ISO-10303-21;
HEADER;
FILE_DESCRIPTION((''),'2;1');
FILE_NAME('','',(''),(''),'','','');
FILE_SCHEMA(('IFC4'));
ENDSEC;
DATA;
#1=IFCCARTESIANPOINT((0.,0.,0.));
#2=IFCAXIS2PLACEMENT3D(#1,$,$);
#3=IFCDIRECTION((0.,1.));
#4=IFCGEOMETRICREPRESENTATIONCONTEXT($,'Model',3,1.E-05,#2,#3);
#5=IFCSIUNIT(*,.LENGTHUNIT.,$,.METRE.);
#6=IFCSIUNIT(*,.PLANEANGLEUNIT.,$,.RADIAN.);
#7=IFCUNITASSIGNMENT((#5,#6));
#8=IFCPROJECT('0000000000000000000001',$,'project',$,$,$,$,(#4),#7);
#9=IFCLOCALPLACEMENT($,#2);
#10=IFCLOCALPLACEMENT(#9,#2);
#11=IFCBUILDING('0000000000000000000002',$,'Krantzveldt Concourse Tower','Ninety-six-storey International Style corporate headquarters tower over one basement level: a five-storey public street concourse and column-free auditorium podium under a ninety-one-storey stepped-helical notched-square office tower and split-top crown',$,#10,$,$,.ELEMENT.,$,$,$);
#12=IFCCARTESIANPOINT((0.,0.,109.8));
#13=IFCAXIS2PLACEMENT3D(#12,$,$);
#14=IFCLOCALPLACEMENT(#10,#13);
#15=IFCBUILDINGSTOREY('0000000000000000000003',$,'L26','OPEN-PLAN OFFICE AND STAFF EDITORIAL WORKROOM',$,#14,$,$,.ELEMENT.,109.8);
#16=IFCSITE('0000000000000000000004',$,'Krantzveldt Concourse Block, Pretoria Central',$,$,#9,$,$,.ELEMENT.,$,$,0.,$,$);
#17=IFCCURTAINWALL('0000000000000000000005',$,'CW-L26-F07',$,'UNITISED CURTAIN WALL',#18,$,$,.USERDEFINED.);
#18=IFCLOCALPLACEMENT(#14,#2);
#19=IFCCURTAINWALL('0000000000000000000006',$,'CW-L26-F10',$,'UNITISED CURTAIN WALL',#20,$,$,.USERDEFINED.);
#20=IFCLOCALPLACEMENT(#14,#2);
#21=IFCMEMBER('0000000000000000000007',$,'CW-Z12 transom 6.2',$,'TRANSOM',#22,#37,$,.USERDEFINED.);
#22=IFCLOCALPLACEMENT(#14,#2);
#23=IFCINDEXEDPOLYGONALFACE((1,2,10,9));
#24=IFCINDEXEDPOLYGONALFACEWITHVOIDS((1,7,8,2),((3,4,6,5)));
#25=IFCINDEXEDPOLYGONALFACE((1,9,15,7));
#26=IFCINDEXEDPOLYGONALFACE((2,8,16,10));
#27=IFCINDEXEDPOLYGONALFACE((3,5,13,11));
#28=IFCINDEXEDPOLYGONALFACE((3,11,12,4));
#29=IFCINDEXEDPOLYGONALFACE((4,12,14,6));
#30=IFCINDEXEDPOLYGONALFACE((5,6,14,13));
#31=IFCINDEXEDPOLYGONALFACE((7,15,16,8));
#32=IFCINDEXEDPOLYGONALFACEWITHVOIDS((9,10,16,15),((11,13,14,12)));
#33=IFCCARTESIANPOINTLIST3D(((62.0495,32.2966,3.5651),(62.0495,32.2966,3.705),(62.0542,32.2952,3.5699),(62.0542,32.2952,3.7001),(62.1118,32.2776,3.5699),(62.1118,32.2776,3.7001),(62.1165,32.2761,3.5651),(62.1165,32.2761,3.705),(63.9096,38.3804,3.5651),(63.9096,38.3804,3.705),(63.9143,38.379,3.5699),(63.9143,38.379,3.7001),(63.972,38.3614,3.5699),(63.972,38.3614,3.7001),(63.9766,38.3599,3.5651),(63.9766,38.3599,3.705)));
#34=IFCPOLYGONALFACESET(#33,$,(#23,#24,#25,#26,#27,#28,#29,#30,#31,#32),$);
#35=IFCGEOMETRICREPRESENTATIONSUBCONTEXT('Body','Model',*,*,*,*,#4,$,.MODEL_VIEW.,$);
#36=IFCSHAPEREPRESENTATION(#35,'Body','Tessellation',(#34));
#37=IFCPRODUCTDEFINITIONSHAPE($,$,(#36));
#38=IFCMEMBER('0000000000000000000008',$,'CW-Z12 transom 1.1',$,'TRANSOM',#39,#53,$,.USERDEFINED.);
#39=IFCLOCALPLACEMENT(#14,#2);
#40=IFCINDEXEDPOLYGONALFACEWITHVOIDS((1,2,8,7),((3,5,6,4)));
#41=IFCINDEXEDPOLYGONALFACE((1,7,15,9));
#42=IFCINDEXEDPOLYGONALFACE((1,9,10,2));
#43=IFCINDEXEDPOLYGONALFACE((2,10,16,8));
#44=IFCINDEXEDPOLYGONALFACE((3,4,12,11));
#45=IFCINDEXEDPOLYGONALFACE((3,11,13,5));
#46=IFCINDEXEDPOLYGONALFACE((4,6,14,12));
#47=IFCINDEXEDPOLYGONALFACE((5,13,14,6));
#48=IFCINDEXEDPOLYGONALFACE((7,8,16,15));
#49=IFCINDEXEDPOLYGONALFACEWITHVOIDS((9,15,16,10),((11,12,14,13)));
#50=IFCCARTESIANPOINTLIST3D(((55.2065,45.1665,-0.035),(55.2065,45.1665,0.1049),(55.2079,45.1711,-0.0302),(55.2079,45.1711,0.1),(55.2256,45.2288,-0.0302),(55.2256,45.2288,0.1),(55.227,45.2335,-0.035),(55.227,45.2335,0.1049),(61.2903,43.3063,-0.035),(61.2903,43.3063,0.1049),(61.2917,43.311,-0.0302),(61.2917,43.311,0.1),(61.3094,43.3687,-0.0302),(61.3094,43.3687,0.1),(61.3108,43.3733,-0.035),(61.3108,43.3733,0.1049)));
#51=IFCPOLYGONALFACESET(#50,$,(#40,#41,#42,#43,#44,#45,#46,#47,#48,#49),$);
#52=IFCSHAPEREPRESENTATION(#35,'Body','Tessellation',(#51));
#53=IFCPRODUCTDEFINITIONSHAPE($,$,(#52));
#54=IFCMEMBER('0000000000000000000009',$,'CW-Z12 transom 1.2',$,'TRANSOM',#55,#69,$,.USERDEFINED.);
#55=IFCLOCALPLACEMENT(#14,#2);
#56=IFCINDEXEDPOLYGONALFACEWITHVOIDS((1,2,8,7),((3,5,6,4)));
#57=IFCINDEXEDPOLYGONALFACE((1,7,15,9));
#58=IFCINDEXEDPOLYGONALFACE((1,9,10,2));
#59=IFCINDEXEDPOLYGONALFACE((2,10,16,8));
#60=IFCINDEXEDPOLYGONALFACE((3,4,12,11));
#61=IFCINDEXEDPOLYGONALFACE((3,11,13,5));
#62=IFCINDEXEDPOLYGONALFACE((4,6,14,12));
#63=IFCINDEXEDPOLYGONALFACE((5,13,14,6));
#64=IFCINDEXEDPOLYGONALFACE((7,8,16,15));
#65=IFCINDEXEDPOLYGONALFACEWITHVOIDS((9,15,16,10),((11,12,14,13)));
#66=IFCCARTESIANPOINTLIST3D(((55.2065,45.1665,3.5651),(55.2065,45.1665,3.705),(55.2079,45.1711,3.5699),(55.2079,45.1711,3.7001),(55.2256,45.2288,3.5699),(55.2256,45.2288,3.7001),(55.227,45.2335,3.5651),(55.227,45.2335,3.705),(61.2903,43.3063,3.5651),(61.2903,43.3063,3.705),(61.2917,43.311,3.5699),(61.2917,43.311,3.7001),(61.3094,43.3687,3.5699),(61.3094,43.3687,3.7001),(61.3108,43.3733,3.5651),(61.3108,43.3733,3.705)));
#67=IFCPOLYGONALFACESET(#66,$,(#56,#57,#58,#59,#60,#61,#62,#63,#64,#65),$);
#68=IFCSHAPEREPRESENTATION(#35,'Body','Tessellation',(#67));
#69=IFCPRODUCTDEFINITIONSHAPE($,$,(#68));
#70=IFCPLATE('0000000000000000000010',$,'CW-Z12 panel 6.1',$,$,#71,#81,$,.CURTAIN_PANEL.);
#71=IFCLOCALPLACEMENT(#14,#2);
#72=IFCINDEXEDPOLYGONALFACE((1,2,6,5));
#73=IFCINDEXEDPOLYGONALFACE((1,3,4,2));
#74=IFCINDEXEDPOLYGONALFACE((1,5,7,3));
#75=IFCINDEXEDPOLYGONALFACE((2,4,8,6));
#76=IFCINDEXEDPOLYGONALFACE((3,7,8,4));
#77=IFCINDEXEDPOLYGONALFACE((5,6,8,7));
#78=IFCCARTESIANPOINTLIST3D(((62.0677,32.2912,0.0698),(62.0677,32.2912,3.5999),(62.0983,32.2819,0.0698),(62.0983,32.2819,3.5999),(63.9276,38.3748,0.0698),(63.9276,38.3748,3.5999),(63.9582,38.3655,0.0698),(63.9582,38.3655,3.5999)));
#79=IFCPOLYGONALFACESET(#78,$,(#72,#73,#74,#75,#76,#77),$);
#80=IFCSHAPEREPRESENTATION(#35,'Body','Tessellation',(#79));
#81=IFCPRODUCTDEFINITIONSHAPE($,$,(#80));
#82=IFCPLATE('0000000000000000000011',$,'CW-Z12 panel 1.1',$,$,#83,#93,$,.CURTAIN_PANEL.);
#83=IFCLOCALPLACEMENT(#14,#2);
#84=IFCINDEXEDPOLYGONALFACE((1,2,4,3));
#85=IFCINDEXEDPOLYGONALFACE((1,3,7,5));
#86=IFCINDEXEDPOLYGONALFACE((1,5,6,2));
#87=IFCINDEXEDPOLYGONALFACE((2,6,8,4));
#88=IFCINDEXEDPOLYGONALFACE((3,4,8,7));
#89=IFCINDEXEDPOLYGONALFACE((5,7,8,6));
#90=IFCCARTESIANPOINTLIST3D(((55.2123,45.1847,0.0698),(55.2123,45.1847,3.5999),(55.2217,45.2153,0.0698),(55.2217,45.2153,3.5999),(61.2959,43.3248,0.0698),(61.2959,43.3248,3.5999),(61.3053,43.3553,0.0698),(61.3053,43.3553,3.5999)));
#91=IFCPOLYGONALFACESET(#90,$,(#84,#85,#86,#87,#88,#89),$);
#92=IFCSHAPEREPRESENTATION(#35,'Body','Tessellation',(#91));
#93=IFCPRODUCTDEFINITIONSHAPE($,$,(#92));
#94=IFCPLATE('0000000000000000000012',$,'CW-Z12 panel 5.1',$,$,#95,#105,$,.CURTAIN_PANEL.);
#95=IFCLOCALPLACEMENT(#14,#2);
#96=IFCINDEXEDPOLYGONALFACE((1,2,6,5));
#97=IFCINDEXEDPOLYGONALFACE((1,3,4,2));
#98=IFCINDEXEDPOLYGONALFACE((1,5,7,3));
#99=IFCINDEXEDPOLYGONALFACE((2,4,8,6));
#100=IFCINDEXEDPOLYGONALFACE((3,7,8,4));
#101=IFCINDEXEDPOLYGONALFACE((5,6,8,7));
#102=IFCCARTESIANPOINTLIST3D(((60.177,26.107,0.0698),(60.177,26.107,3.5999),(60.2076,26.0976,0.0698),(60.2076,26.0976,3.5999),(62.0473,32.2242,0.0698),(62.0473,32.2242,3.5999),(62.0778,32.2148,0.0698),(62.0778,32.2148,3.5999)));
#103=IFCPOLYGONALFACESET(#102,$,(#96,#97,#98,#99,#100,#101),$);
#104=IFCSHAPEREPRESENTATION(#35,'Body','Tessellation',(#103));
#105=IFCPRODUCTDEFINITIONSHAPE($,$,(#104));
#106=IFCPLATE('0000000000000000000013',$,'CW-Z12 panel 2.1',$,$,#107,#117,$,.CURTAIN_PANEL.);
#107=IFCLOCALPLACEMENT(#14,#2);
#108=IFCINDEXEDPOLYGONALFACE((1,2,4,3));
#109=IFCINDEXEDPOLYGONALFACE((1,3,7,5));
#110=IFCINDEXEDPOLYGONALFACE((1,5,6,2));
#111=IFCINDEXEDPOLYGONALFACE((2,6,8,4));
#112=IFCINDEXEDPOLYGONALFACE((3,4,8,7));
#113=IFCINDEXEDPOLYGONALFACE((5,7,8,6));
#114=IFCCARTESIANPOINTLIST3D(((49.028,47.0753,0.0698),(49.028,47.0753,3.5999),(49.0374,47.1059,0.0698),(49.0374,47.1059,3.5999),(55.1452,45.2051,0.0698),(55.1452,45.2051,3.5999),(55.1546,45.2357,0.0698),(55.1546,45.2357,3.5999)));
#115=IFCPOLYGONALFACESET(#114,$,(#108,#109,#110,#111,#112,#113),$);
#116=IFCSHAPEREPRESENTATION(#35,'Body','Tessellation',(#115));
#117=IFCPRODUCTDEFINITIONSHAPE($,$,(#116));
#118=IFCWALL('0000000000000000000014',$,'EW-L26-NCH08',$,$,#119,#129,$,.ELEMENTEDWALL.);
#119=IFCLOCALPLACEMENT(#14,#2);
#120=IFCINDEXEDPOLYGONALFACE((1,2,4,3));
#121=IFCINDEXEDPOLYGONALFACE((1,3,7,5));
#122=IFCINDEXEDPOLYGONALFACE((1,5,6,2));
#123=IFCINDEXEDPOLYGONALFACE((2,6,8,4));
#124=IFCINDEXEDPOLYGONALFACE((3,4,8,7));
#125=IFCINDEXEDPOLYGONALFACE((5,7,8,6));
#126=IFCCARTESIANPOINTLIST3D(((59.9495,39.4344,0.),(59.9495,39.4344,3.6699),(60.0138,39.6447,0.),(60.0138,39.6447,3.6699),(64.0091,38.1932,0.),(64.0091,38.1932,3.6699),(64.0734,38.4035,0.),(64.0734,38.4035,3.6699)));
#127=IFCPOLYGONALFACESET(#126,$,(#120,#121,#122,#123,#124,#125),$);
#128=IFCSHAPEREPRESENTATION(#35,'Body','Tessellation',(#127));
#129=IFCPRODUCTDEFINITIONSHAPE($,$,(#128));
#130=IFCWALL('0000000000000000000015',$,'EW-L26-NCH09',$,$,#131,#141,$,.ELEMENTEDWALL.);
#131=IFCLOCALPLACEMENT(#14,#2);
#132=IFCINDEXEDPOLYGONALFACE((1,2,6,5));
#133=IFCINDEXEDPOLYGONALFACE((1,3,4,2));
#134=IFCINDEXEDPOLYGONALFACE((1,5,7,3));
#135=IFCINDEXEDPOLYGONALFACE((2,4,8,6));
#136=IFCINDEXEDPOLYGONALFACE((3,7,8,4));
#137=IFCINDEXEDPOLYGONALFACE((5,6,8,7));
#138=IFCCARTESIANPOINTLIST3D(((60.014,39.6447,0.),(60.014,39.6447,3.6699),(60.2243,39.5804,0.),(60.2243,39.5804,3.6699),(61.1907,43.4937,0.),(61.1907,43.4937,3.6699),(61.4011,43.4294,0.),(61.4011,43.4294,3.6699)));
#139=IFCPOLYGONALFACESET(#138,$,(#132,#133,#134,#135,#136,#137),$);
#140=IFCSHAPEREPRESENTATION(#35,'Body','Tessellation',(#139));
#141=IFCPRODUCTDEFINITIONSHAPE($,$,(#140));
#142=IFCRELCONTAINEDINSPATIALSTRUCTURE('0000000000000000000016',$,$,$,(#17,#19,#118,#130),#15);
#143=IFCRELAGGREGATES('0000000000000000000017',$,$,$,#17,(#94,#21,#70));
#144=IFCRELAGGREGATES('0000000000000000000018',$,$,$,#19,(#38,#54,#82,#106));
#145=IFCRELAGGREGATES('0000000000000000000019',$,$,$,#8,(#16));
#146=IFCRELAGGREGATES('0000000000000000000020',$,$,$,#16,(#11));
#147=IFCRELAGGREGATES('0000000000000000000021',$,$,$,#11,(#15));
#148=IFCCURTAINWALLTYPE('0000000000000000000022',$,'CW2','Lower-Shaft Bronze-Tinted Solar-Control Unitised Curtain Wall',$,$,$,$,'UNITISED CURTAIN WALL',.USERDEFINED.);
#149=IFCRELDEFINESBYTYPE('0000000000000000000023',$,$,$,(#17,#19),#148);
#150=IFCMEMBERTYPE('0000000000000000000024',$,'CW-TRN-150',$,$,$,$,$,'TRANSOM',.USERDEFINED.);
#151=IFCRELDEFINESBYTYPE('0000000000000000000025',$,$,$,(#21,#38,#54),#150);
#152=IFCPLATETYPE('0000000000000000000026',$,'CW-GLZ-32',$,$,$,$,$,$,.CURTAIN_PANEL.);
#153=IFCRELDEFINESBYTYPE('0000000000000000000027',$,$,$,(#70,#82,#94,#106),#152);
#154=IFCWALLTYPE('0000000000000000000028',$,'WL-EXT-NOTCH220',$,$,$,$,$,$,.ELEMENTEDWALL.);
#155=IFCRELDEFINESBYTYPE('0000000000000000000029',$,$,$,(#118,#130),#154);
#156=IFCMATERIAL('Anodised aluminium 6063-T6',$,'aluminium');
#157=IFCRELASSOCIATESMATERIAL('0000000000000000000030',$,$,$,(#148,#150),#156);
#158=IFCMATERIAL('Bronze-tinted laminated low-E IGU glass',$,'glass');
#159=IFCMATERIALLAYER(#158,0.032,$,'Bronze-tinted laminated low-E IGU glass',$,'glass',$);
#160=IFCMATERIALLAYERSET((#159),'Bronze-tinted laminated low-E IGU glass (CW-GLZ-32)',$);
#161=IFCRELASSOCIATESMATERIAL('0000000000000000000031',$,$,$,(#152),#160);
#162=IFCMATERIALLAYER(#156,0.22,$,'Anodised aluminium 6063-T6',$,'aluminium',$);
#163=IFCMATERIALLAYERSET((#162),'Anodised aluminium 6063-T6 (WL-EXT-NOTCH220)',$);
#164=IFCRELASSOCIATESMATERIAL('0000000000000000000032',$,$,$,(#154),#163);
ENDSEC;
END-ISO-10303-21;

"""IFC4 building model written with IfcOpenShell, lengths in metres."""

from ifc_helpers import new_model, si_unit, direction, frame, frame_2d, origin, origin_2d, place, context, subcontext, project, spatial, rectangle, hollow_rectangle, extrude, source, transform, mapped, material, layer, layer_set, material_profile, profile_set, type_object, type_shapes, element, aggregate, save


model = new_model("IFC4")

# Units and contexts
model_context = context("Model", 3, precision=1e-05, world=origin(), true_north=direction((0.0, 1.0)))
body_context = subcontext(model_context, "Body", "Model", "MODEL_VIEW")
ifc_project = project(units=[si_unit("LENGTHUNIT", "METRE"), si_unit("PLANEANGLEUNIT", "RADIAN")], contexts=[model_context])

# Site, building, storey
site_placement = place(None, origin())
site = spatial("IfcSite", under=ifc_project, at=site_placement, Name="Krantzveldt Concourse Block, Pretoria Central", CompositionType="ELEMENT", RefElevation=0.0)
building_placement = place(site_placement, origin())
building = spatial("IfcBuilding", under=site, at=building_placement, Name="Krantzveldt Concourse Tower", Description="Ninety-six-storey International Style corporate headquarters tower over one basement level: a five-storey public street concourse and column-free auditorium podium under a ninety-one-storey stepped-helical notched-square office tower and split-top crown", CompositionType="ELEMENT")
storey_placement = place(building_placement, frame((0.0, 0.0, 109.8)))
storey = spatial("IfcBuildingStorey", under=building, at=storey_placement, Name="L26", Description="OPEN-PLAN OFFICE AND STAFF EDITORIAL WORKROOM", CompositionType="ELEMENT", Elevation=109.8)

# Curtain walls
ifc_material_1 = material(Name="Anodised aluminium 6063-T6", Category="aluminium")
curtain_wall_type = type_object("IfcCurtainWallType", Name="CW2", Description="Lower-Shaft Bronze-Tinted Solar-Control Unitised Curtain Wall", ElementType="UNITISED CURTAIN WALL", PredefinedType="USERDEFINED", material=ifc_material_1)
curtain_wall_1_placement = place(storey_placement, origin())
curtain_wall_1 = element("IfcCurtainWall", 1, at=curtain_wall_1_placement, inside=storey, type_object=curtain_wall_type, Name="CW-L26-F07", ObjectType="UNITISED CURTAIN WALL", PredefinedType="USERDEFINED")
curtain_wall_2_placement = place(storey_placement, origin())
curtain_wall_2 = element("IfcCurtainWall", 2, at=curtain_wall_2_placement, inside=storey, type_object=curtain_wall_type, Name="CW-L26-F10", ObjectType="UNITISED CURTAIN WALL", PredefinedType="USERDEFINED")

# Members
ifc_material_profile_1 = material_profile(ifc_material_1, hollow_rectangle(XDim=0.0701, YDim=0.1399, WallThickness=0.0049, at=origin_2d()), Name="Anodised aluminium 6063-T6", Category="aluminium")
ifc_profile_set_1 = profile_set([ifc_material_profile_1], Name="Anodised aluminium 6063-T6 - ALU-TRAN 140x70x5")
member_type_1 = type_object("IfcMemberType", Name="CW-TRN-150", ElementType="TRANSOM", PredefinedType="USERDEFINED", material=ifc_profile_set_1)
shared_shape_1 = source(origin(), body_context, "Body", "SweptSolid", [
    extrude(hollow_rectangle(XDim=0.0701, YDim=0.1399, WallThickness=0.0049, at=origin_2d()), origin(), (0.0, 0.0, 1.0), 6.3618),
])
member_1_placement = place(storey_placement, frame((62.083, 32.2864, 3.635), z_axis=(0.292389, 0.956299, 0.0), x_axis=(-0.956299, 0.292389, 0.0)))
member_1 = element("IfcMember", 3, at=member_1_placement, type_object=member_type_1, Name="CW-Z12 transom 6.2", ObjectType="TRANSOM", PredefinedType="USERDEFINED", context=body_context, shape_type="MappedRepresentation", body=[
    mapped(shared_shape_1, transform((0.0, 0.0, 0.0), x_axis=(1.0, 0.0, 0.0), y_axis=(0.0, 1.0, 0.0), z_axis=(0.0, 0.0, 1.0), scale=1.0)),
])
member_2_placement = place(storey_placement, frame((61.3005, 43.3398, 0.0349), z_axis=(-0.956299, 0.292389, 0.0), x_axis=(-0.292389, -0.956299, 0.0)))
member_2 = element("IfcMember", 4, at=member_2_placement, type_object=member_type_1, Name="CW-Z12 transom 1.1", ObjectType="TRANSOM", PredefinedType="USERDEFINED", context=body_context, shape_type="MappedRepresentation", body=[
    mapped(shared_shape_1, transform((0.0, 0.0, 0.0), x_axis=(1.0, 0.0, 0.0), y_axis=(0.0, 1.0, 0.0), z_axis=(0.0, 0.0, 1.0), scale=1.0)),
])
member_3_placement = place(storey_placement, frame((61.3005, 43.3398, 3.635), z_axis=(-0.956299, 0.292389, 0.0), x_axis=(-0.292389, -0.956299, 0.0)))
member_3 = element("IfcMember", 5, at=member_3_placement, type_object=member_type_1, Name="CW-Z12 transom 1.2", ObjectType="TRANSOM", PredefinedType="USERDEFINED", context=body_context, shape_type="MappedRepresentation", body=[
    mapped(shared_shape_1, transform((0.0, 0.0, 0.0), x_axis=(1.0, 0.0, 0.0), y_axis=(0.0, 1.0, 0.0), z_axis=(0.0, 0.0, 1.0), scale=1.0)),
])

# Plates
ifc_material_2 = material(Name="Bronze-tinted laminated low-E IGU glass", Category="glass")
ifc_layer_1 = layer(ifc_material_2, 0.032, Name="Bronze-tinted laminated low-E IGU glass", Category="glass")
ifc_layer_set_1 = layer_set([ifc_layer_1], Name="Bronze-tinted laminated low-E IGU glass (CW-GLZ-32)")
plate_type = type_object("IfcPlateType", Name="CW-GLZ-32", PredefinedType="CURTAIN_PANEL", material=ifc_layer_set_1)
shared_shape_2 = source(origin(), body_context, "Body", "SweptSolid", [
    extrude(rectangle(XDim=6.3616, YDim=0.032, at=origin_2d()), origin(), (0.0, 0.0, 1.0), 3.53),
])
plate_1_placement = place(storey_placement, frame((63.0129, 35.3284, 0.0698), z_axis=(0.0, 0.0, 1.0), x_axis=(0.292372, 0.956305, 0.0)))
plate_1 = element("IfcPlate", 6, at=plate_1_placement, type_object=plate_type, Name="CW-Z12 panel 6.1", PredefinedType="CURTAIN_PANEL", context=body_context, shape_type="MappedRepresentation", body=[
    mapped(shared_shape_2, transform((0.0, 0.0, 0.0), x_axis=(1.0, 0.0, 0.0), y_axis=(0.0, 1.0, 0.0), z_axis=(0.0, 0.0, 1.0), scale=1.0)),
])
plate_2_placement = place(storey_placement, frame((58.2588, 44.27, 0.0698), z_axis=(0.0, 0.0, 1.0), x_axis=(-0.956305, 0.292372, 0.0)))
plate_2 = element("IfcPlate", 7, at=plate_2_placement, type_object=plate_type, Name="CW-Z12 panel 1.1", PredefinedType="CURTAIN_PANEL", context=body_context, shape_type="MappedRepresentation", body=[
    mapped(shared_shape_2, transform((0.0, 0.0, 0.0), x_axis=(1.0, 0.0, 0.0), y_axis=(0.0, 1.0, 0.0), z_axis=(0.0, 0.0, 1.0), scale=1.0)),
])
shared_shape_3 = source(origin(), body_context, "Body", "SweptSolid", [
    extrude(rectangle(XDim=6.3967, YDim=0.032, at=origin_2d()), origin(), (0.0, 0.0, 1.0), 3.53),
])
type_shapes(plate_type, [shared_shape_2, shared_shape_3])
plate_3_placement = place(storey_placement, frame((61.1274, 29.1609, 0.0698), z_axis=(0.0, 0.0, 1.0), x_axis=(0.292372, 0.956305, 0.0)))
plate_3 = element("IfcPlate", 8, at=plate_3_placement, type_object=plate_type, Name="CW-Z12 panel 5.1", PredefinedType="CURTAIN_PANEL", context=body_context, shape_type="MappedRepresentation", body=[
    mapped(shared_shape_3, transform((0.0, 0.0, 0.0), x_axis=(1.0, 0.0, 0.0), y_axis=(0.0, 1.0, 0.0), z_axis=(0.0, 0.0, 1.0), scale=1.0)),
])
aggregate(curtain_wall_1, [plate_3, member_1, plate_1])
plate_4_placement = place(storey_placement, frame((52.0913, 46.1555, 0.0698), z_axis=(0.0, 0.0, 1.0), x_axis=(-0.956305, 0.292372, 0.0)))
plate_4 = element("IfcPlate", 9, at=plate_4_placement, type_object=plate_type, Name="CW-Z12 panel 2.1", PredefinedType="CURTAIN_PANEL", context=body_context, shape_type="MappedRepresentation", body=[
    mapped(shared_shape_3, transform((0.0, 0.0, 0.0), x_axis=(1.0, 0.0, 0.0), y_axis=(0.0, 1.0, 0.0), z_axis=(0.0, 0.0, 1.0), scale=1.0)),
])
aggregate(curtain_wall_2, [member_2, member_3, plate_2, plate_4])

# Walls
ifc_layer_2 = layer(ifc_material_1, 0.22, Name="Anodised aluminium 6063-T6", Category="aluminium")
ifc_layer_set_2 = layer_set([ifc_layer_2], Name="Anodised aluminium 6063-T6 (WL-EXT-NOTCH220)")
wall_type = type_object("IfcWallType", Name="WL-EXT-NOTCH220", PredefinedType="ELEMENTEDWALL", material=ifc_layer_set_2)
wall_1_placement = place(storey_placement, frame((64.0413, 38.2983, 0.0), z_axis=(0.0, 0.0, 1.0), x_axis=(-0.9563, 0.292388, 0.0)))
element("IfcWall", 10, at=wall_1_placement, inside=storey, type_object=wall_type, Name="EW-L26-NCH08", PredefinedType="ELEMENTEDWALL", context=body_context, shape_type="SweptSolid", body=[
    extrude(rectangle(XDim=4.2451, YDim=0.22, at=frame_2d((2.1226, 0.0))), origin(), (0.0, 0.0, 1.0), 3.6699),
])
wall_2_placement = place(storey_placement, frame((60.1191, 39.6125, 0.0), z_axis=(0.0, 0.0, 1.0), x_axis=(0.292363, 0.956307, 0.0)))
element("IfcWall", 11, at=wall_2_placement, inside=storey, type_object=wall_type, Name="EW-L26-NCH09", PredefinedType="ELEMENTEDWALL", context=body_context, shape_type="SweptSolid", body=[
    extrude(rectangle(XDim=4.0249, YDim=0.22, at=frame_2d((2.0125, 0.0))), origin(), (0.0, 0.0, 1.0), 3.6699),
])

save(model, "model.ifc")
